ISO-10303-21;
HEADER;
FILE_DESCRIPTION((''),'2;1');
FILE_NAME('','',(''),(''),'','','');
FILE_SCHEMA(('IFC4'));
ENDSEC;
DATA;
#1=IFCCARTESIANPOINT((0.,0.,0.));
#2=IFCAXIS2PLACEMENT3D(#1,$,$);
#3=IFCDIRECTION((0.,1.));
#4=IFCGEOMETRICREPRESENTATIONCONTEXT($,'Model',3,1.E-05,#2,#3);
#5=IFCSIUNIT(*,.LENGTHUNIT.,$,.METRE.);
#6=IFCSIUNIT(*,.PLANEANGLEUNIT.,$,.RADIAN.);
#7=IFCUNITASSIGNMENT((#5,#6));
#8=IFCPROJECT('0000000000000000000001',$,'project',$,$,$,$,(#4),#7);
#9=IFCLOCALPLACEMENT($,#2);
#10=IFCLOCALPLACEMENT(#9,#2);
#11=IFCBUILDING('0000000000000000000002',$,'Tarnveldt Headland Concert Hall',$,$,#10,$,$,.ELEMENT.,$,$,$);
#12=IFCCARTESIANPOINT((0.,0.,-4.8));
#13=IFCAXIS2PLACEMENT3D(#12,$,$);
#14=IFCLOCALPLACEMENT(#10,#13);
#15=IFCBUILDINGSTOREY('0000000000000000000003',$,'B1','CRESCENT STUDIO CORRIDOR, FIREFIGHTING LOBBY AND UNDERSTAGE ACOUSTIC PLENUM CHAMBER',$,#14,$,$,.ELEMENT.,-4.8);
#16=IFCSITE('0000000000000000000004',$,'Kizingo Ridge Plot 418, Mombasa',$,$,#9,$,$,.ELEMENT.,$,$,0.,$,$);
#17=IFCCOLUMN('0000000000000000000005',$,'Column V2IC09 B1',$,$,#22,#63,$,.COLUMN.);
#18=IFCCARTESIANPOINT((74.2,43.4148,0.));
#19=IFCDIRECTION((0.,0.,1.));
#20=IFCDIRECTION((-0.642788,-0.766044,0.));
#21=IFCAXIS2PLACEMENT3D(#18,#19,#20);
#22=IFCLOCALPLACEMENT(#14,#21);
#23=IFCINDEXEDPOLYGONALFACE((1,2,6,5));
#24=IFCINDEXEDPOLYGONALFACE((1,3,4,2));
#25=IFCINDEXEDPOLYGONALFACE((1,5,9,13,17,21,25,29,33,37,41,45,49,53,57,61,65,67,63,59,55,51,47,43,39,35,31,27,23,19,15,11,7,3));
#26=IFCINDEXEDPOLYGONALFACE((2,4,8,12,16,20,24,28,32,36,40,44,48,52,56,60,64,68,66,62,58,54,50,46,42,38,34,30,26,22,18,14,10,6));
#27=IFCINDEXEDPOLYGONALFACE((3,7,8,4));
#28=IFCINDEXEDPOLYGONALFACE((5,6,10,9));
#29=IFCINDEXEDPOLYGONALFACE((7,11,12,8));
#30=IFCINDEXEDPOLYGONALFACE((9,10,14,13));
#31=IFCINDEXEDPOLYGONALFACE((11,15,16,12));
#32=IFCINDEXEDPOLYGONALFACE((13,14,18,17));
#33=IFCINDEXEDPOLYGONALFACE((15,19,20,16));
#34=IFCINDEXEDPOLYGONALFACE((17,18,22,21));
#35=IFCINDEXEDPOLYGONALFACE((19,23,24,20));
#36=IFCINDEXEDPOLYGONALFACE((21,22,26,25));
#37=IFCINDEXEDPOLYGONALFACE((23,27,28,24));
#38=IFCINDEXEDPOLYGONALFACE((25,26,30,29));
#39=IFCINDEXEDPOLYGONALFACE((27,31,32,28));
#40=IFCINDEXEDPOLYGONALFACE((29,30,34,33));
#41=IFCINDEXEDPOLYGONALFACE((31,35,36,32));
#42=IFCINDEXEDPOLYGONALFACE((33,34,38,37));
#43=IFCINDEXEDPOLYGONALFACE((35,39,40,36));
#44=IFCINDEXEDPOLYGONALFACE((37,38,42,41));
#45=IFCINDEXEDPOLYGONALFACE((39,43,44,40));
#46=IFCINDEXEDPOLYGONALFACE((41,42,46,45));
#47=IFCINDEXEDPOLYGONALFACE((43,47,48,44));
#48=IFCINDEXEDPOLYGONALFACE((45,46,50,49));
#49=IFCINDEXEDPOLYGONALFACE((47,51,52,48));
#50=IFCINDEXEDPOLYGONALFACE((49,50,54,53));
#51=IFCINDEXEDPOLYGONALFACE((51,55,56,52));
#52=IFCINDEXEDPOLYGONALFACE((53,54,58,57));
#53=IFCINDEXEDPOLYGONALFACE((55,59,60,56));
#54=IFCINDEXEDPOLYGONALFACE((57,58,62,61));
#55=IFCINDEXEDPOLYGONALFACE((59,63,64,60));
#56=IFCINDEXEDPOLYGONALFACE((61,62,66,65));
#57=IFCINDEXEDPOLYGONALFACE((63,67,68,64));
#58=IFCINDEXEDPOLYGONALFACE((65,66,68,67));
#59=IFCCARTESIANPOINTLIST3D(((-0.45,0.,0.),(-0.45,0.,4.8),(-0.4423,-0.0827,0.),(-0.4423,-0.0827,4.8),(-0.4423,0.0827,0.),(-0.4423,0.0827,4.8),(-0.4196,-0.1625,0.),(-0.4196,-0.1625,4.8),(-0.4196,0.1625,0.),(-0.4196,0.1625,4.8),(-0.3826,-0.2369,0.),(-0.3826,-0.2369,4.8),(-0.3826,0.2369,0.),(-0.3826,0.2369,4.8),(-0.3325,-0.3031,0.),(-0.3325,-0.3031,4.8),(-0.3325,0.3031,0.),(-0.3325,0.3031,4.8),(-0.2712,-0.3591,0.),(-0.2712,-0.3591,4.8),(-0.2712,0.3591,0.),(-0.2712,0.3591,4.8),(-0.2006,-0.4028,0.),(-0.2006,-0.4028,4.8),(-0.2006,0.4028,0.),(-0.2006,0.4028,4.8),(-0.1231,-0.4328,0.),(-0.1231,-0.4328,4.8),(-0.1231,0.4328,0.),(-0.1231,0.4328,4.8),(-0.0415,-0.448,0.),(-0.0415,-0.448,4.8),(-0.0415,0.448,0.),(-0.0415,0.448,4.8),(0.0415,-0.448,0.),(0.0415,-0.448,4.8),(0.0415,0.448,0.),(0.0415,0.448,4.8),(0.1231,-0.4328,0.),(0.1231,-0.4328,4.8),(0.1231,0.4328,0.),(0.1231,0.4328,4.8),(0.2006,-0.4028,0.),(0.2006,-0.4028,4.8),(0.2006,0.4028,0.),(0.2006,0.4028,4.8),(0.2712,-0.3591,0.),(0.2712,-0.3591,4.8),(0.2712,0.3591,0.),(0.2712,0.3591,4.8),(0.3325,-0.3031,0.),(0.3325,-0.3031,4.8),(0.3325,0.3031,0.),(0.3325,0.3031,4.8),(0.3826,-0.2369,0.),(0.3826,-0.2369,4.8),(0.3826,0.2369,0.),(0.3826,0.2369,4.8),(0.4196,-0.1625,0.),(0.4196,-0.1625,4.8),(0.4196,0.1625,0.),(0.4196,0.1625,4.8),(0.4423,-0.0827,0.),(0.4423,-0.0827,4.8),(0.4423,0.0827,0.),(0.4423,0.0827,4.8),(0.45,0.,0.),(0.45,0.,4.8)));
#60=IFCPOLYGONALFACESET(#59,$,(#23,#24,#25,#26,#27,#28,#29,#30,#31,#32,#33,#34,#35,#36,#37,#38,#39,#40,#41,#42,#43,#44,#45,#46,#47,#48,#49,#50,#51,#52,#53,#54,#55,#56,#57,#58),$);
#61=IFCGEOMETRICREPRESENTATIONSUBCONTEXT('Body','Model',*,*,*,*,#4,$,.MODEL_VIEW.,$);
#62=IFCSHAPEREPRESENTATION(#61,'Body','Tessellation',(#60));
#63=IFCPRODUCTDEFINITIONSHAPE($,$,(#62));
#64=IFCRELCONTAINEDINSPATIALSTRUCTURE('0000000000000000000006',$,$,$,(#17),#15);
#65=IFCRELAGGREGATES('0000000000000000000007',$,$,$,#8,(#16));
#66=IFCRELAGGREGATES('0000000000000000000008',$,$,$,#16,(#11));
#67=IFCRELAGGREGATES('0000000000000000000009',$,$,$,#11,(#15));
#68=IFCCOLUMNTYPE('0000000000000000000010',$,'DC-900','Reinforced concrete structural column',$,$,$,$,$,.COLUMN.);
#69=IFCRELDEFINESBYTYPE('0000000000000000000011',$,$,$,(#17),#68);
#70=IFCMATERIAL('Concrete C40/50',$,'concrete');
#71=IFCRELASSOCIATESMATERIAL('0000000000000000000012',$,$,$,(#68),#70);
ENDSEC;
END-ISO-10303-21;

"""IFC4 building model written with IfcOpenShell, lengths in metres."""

from ifc_helpers import new_model, si_unit, direction, frame, origin, origin_2d, place, context, subcontext, project, spatial, circle, extrude, material, material_profile, profile_set, type_object, element, save


model = new_model("IFC4")

# Units and contexts
model_context = context("Model", 3, precision=1e-05, world=origin(), true_north=direction((0.0, 1.0)))
body_context = subcontext(model_context, "Body", "Model", "MODEL_VIEW")
ifc_project = project(units=[si_unit("LENGTHUNIT", "METRE"), si_unit("PLANEANGLEUNIT", "RADIAN")], contexts=[model_context])

# Site, building, storey
site_placement = place(None, origin())
site = spatial("IfcSite", under=ifc_project, at=site_placement, Name="Kizingo Ridge Plot 418, Mombasa", CompositionType="ELEMENT", RefElevation=0.0)
building_placement = place(site_placement, origin())
building = spatial("IfcBuilding", under=site, at=building_placement, Name="Tarnveldt Headland Concert Hall", CompositionType="ELEMENT")
storey_placement = place(building_placement, frame((0.0, 0.0, -4.8)))
storey = spatial("IfcBuildingStorey", under=building, at=storey_placement, Name="B1", Description="CRESCENT STUDIO CORRIDOR, FIREFIGHTING LOBBY AND UNDERSTAGE ACOUSTIC PLENUM CHAMBER", CompositionType="ELEMENT", Elevation=-4.8)

# Shared definitions
ifc_material_1 = material(Name="Concrete C40/50", Category="concrete")

# Column
ifc_material_profile_1 = material_profile(ifc_material_1, circle(Radius=0.45, at=origin_2d()), Name="RC D900", Category="concrete")
ifc_profile_set_1 = profile_set([ifc_material_profile_1], Name="Concrete C40/50")
column_type_1 = type_object("IfcColumnType", Name="DC-900", Description="Reinforced concrete structural column", PredefinedType="COLUMN", material=ifc_profile_set_1)
for number, where, z_axis, x_axis, name in (
    (1, (74.2, 43.4148, 0.0), (0.0, 0.0, 1.0), (-0.642788, -0.766044, 0.0), "Column V2IC09 B1"),
):
    element("IfcColumn", number, at=place(storey_placement, frame(where, z_axis=z_axis, x_axis=x_axis)), inside=storey, type_object=column_type_1, Name=name, PredefinedType="COLUMN", context=body_context, shape_type="SweptSolid", body=[
        extrude(circle(Radius=0.45, at=origin_2d()), origin(), (0.0, 0.0, 1.0), 4.8),
    ])

save(model, "model.ifc")
